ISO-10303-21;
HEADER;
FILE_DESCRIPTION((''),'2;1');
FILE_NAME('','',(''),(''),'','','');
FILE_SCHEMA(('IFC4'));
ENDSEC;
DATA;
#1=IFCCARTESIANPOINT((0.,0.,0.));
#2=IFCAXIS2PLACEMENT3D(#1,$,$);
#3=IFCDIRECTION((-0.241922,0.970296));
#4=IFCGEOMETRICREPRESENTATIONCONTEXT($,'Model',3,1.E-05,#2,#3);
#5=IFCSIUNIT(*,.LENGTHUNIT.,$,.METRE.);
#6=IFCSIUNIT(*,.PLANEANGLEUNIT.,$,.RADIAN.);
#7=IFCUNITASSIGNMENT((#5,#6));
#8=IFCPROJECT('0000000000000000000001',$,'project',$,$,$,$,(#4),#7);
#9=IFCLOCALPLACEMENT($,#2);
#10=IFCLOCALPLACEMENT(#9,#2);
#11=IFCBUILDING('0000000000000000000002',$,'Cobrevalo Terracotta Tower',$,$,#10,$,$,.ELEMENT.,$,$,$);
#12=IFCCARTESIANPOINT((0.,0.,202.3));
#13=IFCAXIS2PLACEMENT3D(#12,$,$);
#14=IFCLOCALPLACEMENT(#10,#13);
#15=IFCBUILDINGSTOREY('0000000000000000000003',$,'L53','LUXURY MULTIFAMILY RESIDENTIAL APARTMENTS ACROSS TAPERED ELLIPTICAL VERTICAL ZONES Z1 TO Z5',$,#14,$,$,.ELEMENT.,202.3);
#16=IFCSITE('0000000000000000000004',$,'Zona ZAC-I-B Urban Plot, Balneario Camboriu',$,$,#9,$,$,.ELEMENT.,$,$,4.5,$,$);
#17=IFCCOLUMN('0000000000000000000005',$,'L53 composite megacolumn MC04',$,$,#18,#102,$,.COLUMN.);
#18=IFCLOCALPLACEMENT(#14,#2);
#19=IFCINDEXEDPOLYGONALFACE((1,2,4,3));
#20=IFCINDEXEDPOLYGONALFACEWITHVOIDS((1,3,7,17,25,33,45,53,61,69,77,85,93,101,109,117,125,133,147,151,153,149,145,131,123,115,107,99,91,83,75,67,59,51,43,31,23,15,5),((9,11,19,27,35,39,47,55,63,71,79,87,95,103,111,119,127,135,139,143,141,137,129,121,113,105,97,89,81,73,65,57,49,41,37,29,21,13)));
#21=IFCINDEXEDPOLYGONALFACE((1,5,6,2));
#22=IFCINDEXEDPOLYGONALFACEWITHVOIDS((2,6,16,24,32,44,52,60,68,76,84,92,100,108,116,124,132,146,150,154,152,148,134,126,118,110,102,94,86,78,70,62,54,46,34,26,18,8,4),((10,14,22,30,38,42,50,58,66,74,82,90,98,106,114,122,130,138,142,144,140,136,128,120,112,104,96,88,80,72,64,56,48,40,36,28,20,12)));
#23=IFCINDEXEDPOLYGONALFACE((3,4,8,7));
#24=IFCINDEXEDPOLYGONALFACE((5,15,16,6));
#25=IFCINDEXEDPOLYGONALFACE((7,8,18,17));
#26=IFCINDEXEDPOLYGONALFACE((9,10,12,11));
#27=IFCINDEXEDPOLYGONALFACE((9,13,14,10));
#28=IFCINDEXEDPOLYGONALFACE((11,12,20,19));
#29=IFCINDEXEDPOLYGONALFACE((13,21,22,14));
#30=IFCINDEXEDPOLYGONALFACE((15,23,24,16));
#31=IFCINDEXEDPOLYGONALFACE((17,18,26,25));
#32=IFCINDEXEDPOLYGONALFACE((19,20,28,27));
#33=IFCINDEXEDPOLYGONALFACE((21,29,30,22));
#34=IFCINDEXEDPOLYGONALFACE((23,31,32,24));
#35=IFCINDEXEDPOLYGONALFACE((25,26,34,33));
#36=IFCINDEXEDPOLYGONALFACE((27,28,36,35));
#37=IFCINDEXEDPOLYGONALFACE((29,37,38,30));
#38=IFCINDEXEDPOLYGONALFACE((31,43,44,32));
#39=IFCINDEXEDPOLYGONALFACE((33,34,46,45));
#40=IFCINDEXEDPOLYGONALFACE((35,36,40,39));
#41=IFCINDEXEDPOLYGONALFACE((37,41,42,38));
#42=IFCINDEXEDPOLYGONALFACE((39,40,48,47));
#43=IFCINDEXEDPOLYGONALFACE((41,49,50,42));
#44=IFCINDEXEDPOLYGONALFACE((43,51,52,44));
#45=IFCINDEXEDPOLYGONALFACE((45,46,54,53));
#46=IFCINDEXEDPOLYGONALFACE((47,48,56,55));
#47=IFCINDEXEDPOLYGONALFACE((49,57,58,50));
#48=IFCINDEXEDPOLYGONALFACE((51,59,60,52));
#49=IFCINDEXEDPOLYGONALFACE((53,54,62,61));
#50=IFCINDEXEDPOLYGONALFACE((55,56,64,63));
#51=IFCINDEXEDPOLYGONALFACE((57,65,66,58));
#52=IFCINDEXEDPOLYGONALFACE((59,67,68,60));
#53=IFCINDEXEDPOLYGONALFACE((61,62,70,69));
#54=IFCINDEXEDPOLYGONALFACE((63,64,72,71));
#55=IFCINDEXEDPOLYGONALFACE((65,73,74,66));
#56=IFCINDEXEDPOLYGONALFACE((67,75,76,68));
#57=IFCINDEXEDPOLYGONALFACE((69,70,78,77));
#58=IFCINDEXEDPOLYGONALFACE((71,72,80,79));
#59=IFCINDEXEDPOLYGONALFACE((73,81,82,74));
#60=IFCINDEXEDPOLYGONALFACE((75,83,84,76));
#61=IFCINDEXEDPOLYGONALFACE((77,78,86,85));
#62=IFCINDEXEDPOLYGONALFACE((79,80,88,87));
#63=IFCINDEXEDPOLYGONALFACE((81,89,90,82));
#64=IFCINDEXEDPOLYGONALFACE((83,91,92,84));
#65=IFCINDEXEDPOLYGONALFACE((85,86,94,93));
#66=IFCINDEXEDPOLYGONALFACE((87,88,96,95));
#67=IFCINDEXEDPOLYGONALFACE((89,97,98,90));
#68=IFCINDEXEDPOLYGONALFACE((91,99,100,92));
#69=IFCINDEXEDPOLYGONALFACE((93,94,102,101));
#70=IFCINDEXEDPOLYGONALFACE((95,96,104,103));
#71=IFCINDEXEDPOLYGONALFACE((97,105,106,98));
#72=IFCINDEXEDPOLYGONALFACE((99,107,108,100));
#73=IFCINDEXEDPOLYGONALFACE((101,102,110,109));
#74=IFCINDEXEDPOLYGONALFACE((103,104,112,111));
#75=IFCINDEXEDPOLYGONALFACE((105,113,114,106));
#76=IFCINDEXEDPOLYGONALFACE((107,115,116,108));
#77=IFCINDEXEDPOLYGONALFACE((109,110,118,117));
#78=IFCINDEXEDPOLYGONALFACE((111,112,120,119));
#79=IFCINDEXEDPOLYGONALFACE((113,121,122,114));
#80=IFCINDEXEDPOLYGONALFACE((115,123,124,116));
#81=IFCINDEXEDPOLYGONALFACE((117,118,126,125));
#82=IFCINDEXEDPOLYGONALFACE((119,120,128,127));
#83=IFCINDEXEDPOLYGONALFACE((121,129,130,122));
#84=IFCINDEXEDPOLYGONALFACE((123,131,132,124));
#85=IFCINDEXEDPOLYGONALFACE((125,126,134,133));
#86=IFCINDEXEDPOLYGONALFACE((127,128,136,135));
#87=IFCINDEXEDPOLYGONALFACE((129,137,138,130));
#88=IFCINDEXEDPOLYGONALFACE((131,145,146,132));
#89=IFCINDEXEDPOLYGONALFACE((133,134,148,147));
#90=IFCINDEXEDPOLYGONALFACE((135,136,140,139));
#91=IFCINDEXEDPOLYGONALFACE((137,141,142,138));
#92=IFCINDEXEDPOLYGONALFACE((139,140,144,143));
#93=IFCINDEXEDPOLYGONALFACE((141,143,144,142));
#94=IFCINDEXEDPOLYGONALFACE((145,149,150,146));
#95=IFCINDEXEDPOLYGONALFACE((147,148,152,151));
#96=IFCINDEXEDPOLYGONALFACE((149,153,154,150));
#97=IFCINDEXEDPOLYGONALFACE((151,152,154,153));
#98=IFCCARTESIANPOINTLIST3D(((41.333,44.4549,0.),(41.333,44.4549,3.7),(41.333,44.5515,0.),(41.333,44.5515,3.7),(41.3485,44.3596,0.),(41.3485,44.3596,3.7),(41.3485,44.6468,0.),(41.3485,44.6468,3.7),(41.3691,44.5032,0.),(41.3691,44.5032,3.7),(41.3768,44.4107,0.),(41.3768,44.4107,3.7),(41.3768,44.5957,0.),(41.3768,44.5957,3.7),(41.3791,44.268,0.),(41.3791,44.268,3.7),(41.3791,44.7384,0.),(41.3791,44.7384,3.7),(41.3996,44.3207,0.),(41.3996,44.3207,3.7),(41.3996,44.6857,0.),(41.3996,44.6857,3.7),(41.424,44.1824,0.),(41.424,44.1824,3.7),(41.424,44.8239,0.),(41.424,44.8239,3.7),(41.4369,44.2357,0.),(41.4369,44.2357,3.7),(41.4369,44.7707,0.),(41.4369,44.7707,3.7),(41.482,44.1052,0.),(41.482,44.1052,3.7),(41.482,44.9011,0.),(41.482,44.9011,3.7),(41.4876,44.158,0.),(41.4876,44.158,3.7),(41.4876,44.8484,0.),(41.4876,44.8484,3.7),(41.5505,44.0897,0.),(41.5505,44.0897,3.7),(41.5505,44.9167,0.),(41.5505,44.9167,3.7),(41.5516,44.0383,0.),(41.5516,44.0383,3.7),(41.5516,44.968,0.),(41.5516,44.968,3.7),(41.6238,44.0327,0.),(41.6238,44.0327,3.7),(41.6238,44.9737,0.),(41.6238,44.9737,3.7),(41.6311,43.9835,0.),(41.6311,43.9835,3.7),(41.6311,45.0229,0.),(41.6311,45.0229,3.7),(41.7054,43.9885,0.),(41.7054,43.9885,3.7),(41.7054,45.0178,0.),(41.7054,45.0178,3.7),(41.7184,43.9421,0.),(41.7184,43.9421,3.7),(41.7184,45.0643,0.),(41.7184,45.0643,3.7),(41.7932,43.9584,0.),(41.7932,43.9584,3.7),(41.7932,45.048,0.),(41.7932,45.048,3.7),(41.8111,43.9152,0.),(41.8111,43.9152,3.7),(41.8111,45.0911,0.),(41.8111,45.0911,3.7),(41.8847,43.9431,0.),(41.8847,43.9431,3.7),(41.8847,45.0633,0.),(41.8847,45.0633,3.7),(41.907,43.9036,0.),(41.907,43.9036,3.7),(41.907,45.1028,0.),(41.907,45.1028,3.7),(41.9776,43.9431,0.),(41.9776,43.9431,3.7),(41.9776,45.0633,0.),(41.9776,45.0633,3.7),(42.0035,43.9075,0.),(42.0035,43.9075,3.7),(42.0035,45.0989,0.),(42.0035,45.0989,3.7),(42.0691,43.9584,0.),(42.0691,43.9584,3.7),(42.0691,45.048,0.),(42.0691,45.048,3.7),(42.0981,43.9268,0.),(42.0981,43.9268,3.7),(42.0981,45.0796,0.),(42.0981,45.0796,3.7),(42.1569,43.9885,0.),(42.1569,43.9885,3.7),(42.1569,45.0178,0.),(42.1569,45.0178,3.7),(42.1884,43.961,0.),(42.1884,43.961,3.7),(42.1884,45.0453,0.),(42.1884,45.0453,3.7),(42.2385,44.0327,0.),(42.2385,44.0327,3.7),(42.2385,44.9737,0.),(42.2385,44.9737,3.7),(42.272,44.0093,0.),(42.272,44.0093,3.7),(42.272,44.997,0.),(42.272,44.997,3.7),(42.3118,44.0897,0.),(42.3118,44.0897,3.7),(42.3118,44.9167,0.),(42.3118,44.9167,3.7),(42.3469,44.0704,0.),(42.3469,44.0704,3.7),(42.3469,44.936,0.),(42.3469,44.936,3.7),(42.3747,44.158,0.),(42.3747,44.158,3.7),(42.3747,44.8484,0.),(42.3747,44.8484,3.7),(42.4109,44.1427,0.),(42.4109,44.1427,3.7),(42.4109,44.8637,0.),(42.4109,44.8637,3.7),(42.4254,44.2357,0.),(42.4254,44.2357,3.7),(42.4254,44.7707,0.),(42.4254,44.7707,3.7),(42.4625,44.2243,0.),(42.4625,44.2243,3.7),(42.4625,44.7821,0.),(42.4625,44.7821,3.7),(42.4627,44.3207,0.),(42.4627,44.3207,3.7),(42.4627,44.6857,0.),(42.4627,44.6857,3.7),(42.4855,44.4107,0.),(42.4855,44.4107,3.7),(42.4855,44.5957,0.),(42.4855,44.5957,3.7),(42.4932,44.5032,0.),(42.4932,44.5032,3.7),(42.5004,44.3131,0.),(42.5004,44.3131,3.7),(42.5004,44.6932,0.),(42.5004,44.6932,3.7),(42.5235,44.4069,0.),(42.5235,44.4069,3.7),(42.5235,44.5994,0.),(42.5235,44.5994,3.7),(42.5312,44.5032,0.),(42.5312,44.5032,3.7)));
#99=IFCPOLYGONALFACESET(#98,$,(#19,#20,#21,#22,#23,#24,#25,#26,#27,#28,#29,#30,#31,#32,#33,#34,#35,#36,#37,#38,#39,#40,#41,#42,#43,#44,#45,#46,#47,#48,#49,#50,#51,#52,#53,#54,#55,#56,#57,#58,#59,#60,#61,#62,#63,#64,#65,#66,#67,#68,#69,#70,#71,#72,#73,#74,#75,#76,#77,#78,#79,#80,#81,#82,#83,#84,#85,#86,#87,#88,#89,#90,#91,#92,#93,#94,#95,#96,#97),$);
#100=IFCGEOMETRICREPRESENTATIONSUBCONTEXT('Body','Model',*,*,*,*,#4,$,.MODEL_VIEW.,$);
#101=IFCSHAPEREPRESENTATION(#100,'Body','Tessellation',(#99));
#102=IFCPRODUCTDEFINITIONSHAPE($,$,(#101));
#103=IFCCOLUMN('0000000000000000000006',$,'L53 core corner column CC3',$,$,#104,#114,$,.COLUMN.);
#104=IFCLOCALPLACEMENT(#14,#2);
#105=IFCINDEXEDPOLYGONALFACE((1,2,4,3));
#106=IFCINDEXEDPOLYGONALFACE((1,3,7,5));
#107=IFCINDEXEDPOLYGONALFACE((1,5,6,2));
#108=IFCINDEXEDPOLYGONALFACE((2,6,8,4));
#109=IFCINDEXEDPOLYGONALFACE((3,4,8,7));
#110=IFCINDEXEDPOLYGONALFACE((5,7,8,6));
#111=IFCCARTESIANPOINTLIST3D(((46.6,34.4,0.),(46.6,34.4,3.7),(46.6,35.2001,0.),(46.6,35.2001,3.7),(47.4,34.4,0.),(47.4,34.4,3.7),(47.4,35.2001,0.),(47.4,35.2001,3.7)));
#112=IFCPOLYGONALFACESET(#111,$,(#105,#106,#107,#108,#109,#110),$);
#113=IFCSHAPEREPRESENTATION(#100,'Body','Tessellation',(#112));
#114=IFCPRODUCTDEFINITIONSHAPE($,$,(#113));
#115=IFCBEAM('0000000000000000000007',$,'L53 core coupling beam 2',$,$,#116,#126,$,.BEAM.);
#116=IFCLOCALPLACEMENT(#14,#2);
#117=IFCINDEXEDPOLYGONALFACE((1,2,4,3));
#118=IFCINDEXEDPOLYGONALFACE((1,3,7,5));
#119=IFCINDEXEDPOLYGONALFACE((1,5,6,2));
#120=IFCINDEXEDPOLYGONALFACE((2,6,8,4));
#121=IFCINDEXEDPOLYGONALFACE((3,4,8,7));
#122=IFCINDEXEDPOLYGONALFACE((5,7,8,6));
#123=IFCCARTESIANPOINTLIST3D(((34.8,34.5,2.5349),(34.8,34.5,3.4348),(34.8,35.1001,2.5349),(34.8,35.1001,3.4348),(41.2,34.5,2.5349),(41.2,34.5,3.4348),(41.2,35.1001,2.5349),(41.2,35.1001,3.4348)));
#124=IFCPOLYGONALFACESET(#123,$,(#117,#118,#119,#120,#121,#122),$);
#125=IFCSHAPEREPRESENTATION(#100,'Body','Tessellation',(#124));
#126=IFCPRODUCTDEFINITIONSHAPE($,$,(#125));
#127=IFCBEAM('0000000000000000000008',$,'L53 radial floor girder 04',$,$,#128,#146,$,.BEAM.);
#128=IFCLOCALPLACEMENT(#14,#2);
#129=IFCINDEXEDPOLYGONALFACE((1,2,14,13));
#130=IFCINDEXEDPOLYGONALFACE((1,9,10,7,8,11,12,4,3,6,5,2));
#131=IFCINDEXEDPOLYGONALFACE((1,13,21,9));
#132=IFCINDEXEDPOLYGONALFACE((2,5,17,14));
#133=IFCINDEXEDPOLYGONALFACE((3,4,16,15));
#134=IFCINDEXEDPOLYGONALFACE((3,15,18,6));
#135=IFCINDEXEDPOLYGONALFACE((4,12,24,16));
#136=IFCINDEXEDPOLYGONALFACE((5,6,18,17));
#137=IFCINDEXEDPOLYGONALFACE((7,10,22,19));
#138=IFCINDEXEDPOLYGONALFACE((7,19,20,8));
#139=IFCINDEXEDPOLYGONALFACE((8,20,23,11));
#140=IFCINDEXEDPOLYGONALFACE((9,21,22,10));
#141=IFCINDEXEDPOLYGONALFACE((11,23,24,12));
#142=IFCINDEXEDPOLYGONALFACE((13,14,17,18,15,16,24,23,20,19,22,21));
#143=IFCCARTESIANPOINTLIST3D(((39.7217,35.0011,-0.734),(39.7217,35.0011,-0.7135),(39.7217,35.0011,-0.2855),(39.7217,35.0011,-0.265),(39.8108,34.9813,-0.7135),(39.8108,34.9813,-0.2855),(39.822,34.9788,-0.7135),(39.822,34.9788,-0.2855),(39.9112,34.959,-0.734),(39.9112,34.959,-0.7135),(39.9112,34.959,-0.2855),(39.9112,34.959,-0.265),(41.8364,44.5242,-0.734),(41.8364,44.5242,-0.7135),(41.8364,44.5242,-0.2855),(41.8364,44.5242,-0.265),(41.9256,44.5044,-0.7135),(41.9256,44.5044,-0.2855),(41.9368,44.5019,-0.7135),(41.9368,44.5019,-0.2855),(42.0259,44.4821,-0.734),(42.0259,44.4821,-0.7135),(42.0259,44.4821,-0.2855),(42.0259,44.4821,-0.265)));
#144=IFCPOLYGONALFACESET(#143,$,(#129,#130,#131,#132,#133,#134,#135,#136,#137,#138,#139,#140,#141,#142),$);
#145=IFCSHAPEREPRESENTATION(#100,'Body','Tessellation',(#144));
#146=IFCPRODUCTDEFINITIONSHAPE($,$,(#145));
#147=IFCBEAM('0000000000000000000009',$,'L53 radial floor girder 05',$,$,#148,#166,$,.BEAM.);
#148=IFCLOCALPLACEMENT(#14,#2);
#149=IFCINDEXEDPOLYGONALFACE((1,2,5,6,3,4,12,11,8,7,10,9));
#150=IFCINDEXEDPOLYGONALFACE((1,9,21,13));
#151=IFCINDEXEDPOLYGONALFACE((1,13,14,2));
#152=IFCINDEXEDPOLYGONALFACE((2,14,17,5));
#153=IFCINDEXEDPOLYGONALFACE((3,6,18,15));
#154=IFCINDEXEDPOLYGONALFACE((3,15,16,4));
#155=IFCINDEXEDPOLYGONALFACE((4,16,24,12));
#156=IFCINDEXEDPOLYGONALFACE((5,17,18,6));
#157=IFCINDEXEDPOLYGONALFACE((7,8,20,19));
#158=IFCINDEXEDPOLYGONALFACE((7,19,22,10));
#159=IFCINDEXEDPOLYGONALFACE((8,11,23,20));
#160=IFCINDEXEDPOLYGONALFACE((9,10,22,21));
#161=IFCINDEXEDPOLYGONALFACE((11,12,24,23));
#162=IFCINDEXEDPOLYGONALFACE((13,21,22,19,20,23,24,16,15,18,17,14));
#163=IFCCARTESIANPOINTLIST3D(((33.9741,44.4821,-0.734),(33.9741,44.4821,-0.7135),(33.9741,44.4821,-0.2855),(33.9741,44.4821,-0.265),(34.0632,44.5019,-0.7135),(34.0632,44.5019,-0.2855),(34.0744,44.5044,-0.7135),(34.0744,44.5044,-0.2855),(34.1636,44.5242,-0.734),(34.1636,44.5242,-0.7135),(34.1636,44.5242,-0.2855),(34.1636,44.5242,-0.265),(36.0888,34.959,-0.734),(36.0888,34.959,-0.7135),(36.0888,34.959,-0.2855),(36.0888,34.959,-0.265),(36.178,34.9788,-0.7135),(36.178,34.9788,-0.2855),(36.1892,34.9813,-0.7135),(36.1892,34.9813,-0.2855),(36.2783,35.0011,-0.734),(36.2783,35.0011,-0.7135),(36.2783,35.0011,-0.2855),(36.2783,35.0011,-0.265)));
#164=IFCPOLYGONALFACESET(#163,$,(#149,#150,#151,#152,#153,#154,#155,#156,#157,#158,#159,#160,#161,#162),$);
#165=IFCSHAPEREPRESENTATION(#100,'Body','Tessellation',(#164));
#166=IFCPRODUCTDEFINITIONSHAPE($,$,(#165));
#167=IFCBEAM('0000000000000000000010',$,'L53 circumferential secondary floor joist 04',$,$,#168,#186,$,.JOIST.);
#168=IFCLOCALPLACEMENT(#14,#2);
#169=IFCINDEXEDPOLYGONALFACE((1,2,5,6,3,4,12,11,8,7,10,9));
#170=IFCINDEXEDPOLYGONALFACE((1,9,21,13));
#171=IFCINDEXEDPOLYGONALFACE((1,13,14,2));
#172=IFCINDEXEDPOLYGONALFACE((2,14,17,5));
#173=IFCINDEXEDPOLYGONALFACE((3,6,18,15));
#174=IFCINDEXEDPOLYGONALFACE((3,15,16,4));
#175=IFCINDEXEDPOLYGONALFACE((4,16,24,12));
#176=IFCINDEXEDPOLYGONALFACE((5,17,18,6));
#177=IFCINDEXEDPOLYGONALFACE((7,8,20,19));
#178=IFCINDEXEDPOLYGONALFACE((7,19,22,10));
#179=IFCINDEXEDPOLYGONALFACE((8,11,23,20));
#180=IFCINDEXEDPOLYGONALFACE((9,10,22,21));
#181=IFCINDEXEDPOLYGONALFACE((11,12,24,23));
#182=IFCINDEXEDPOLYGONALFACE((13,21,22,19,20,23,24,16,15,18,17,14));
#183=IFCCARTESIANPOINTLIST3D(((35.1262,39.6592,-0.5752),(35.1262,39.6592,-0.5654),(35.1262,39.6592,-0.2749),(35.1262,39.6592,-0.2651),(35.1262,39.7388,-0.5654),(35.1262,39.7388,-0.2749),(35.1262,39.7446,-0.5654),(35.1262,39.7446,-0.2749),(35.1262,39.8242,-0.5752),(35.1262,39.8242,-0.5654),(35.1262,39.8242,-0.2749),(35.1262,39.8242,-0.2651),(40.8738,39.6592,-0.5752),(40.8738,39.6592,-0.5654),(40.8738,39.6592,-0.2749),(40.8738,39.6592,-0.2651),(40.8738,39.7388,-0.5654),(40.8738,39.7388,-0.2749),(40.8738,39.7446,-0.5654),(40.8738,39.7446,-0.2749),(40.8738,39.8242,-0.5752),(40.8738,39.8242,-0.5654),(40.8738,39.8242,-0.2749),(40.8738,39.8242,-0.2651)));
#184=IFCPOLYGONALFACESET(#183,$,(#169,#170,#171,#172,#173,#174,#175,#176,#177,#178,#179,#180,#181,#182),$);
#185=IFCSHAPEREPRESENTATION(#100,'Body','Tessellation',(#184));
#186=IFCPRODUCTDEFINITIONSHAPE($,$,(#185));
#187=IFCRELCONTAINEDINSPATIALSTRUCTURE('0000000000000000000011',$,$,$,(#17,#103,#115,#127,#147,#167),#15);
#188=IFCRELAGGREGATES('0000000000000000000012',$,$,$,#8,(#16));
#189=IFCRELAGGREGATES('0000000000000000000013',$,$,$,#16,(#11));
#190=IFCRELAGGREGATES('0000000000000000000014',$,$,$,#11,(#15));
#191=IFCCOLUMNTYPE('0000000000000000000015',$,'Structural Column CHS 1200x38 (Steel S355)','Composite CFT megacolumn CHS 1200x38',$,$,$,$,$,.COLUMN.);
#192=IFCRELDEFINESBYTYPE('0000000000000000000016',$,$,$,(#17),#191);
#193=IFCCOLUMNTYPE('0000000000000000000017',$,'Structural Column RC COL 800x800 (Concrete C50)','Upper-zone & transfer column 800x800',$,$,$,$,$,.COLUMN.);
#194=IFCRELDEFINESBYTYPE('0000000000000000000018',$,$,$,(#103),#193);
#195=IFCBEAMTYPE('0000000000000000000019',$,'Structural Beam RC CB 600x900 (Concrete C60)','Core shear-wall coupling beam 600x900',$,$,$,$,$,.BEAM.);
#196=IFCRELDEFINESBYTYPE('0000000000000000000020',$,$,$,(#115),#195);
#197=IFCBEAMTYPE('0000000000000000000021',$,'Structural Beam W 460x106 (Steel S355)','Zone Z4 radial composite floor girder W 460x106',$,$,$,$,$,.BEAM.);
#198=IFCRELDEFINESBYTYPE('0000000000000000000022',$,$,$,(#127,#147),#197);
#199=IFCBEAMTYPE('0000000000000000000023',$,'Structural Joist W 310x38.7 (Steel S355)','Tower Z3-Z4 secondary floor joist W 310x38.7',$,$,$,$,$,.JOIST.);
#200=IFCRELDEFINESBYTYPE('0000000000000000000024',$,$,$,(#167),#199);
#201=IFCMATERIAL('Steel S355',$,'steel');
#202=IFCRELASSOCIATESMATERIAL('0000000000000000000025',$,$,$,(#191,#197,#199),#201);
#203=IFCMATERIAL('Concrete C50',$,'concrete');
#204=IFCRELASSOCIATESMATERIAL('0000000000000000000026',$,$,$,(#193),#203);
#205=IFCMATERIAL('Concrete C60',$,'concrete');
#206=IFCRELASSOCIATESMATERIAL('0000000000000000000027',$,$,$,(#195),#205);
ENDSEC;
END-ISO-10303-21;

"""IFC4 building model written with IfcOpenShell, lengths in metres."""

from ifc_helpers import new_model, si_unit, direction, frame, origin, origin_2d, place, context, subcontext, project, spatial, rectangle, hollow_circle, i_section, extrude, material, material_profile, profile_set, type_object, element, save


model = new_model("IFC4")

# Units and contexts
model_context = context("Model", 3, precision=1e-05, world=origin(), true_north=direction((-0.241922, 0.970296)))
body_context = subcontext(model_context, "Body", "Model", "MODEL_VIEW")
ifc_project = project(units=[si_unit("LENGTHUNIT", "METRE"), si_unit("PLANEANGLEUNIT", "RADIAN")], contexts=[model_context])

# Site, building, storey
site_placement = place(None, origin())
site = spatial("IfcSite", under=ifc_project, at=site_placement, Name="Zona ZAC-I-B Urban Plot, Balneario Camboriu", CompositionType="ELEMENT", RefElevation=4.5)
building_placement = place(site_placement, origin())
building = spatial("IfcBuilding", under=site, at=building_placement, Name="Cobrevalo Terracotta Tower", CompositionType="ELEMENT")
storey_placement = place(building_placement, frame((0.0, 0.0, 202.3)))
storey = spatial("IfcBuildingStorey", under=building, at=storey_placement, Name="L53", Description="LUXURY MULTIFAMILY RESIDENTIAL APARTMENTS ACROSS TAPERED ELLIPTICAL VERTICAL ZONES Z1 TO Z5", CompositionType="ELEMENT", Elevation=202.3)

# Columns
ifc_material_1 = material(Name="Steel S355", Category="steel")
ifc_material_profile_1 = material_profile(ifc_material_1, hollow_circle(Radius=0.6001, WallThickness=0.0381, at=origin_2d()), Name="CHS 1200x38")
ifc_profile_set_1 = profile_set([ifc_material_profile_1], Name="Steel S355")
column_type_1 = type_object("IfcColumnType", Name="Structural Column CHS 1200x38 (Steel S355)", Description="Composite CFT megacolumn CHS 1200x38", PredefinedType="COLUMN", material=ifc_profile_set_1)
column_1_placement = place(storey_placement, frame((41.9312, 44.5032, 0.0), z_axis=(0.0, 0.0, 1.0), x_axis=(1.0, 0.0, 0.0)))
element("IfcColumn", 1, at=column_1_placement, inside=storey, type_object=column_type_1, Name="L53 composite megacolumn MC04", PredefinedType="COLUMN", context=body_context, shape_type="SweptSolid", body=[
    extrude(hollow_circle(Radius=0.6001, WallThickness=0.0381, at=origin_2d()), origin(), (0.0, 0.0, 1.0), 3.7),
])
ifc_material_2 = material(Name="Concrete C50", Category="concrete")
ifc_material_profile_2 = material_profile(ifc_material_2, rectangle(XDim=0.8, YDim=0.8, at=origin_2d()), Name="RC COL 800x800")
ifc_profile_set_2 = profile_set([ifc_material_profile_2], Name="Concrete C50")
column_type_2 = type_object("IfcColumnType", Name="Structural Column RC COL 800x800 (Concrete C50)", Description="Upper-zone & transfer column 800x800", PredefinedType="COLUMN", material=ifc_profile_set_2)
column_2_placement = place(storey_placement, frame((47.0, 34.8, 0.0), z_axis=(0.0, 0.0, 1.0), x_axis=(1.0, 0.0, 0.0)))
element("IfcColumn", 2, at=column_2_placement, inside=storey, type_object=column_type_2, Name="L53 core corner column CC3", PredefinedType="COLUMN", context=body_context, shape_type="SweptSolid", body=[
    extrude(rectangle(XDim=0.8, YDim=0.8, at=origin_2d()), origin(), (0.0, 0.0, 1.0), 3.7),
])

# Beams
ifc_material_3 = material(Name="Concrete C60", Category="concrete")
ifc_material_profile_3 = material_profile(ifc_material_3, rectangle(XDim=0.6001, YDim=0.8999, at=origin_2d()), Name="RC CB 600x900")
ifc_profile_set_3 = profile_set([ifc_material_profile_3], Name="Concrete C60")
beam_type_1 = type_object("IfcBeamType", Name="Structural Beam RC CB 600x900 (Concrete C60)", Description="Core shear-wall coupling beam 600x900", PredefinedType="BEAM", material=ifc_profile_set_3)
beam_1_placement = place(storey_placement, frame((34.8, 34.8, 2.9849), z_axis=(1.0, 0.0, 0.0), x_axis=(0.0, 1.0, 0.0)))
element("IfcBeam", 3, at=beam_1_placement, inside=storey, type_object=beam_type_1, Name="L53 core coupling beam 2", PredefinedType="BEAM", context=body_context, shape_type="SweptSolid", body=[
    extrude(rectangle(XDim=0.6001, YDim=0.8999, at=origin_2d()), origin(), (0.0, 0.0, 1.0), 6.3999),
])
ifc_material_profile_4 = material_profile(ifc_material_1, i_section(OverallWidth=0.1941, OverallDepth=0.469, WebThickness=0.0115, FlangeThickness=0.0205, at=origin_2d()), Name="W 460x106")
ifc_profile_set_4 = profile_set([ifc_material_profile_4], Name="Steel S355")
beam_type_2 = type_object("IfcBeamType", Name="Structural Beam W 460x106 (Steel S355)", Description="Zone Z4 radial composite floor girder W 460x106", PredefinedType="BEAM", material=ifc_profile_set_4)
for number, where, z_axis, x_axis, name in (
    (4, (41.9312, 44.5032, -0.4995), (-0.216782, -0.97622, 0.0), (0.97622, -0.216782, 0.0), "L53 radial floor girder 04"),
    (5, (34.0688, 44.5032, -0.4995), (0.216782, -0.97622, 0.0), (0.97622, 0.216782, 0.0), "L53 radial floor girder 05"),
):
    element("IfcBeam", number, at=place(storey_placement, frame(where, z_axis=z_axis, x_axis=x_axis)), inside=storey, type_object=beam_type_2, Name=name, PredefinedType="BEAM", context=body_context, shape_type="SweptSolid", body=[
        extrude(i_section(OverallWidth=0.1941, OverallDepth=0.469, WebThickness=0.0115, FlangeThickness=0.0205, at=origin_2d()), origin(), (0.0, 0.0, 1.0), 9.7551),
    ])
ifc_material_profile_5 = material_profile(ifc_material_1, i_section(OverallWidth=0.165, OverallDepth=0.3101, WebThickness=0.0059, FlangeThickness=0.0098, at=origin_2d()), Name="W 310x38.7")
ifc_profile_set_5 = profile_set([ifc_material_profile_5], Name="Steel S355")
beam_type_3 = type_object("IfcBeamType", Name="Structural Joist W 310x38.7 (Steel S355)", Description="Tower Z3-Z4 secondary floor joist W 310x38.7", PredefinedType="JOIST", material=ifc_profile_set_5)
beam_2_placement = place(storey_placement, frame((40.8738, 39.7417, -0.4202), z_axis=(-1.0, 0.0, 0.0), x_axis=(0.0, -1.0, 0.0)))
element("IfcBeam", 6, at=beam_2_placement, inside=storey, type_object=beam_type_3, Name="L53 circumferential secondary floor joist 04", PredefinedType="JOIST", context=body_context, shape_type="SweptSolid", body=[
    extrude(i_section(OverallWidth=0.165, OverallDepth=0.3101, WebThickness=0.0059, FlangeThickness=0.0098, at=origin_2d()), origin(), (0.0, 0.0, 1.0), 5.7476),
])

save(model, "model.ifc")
